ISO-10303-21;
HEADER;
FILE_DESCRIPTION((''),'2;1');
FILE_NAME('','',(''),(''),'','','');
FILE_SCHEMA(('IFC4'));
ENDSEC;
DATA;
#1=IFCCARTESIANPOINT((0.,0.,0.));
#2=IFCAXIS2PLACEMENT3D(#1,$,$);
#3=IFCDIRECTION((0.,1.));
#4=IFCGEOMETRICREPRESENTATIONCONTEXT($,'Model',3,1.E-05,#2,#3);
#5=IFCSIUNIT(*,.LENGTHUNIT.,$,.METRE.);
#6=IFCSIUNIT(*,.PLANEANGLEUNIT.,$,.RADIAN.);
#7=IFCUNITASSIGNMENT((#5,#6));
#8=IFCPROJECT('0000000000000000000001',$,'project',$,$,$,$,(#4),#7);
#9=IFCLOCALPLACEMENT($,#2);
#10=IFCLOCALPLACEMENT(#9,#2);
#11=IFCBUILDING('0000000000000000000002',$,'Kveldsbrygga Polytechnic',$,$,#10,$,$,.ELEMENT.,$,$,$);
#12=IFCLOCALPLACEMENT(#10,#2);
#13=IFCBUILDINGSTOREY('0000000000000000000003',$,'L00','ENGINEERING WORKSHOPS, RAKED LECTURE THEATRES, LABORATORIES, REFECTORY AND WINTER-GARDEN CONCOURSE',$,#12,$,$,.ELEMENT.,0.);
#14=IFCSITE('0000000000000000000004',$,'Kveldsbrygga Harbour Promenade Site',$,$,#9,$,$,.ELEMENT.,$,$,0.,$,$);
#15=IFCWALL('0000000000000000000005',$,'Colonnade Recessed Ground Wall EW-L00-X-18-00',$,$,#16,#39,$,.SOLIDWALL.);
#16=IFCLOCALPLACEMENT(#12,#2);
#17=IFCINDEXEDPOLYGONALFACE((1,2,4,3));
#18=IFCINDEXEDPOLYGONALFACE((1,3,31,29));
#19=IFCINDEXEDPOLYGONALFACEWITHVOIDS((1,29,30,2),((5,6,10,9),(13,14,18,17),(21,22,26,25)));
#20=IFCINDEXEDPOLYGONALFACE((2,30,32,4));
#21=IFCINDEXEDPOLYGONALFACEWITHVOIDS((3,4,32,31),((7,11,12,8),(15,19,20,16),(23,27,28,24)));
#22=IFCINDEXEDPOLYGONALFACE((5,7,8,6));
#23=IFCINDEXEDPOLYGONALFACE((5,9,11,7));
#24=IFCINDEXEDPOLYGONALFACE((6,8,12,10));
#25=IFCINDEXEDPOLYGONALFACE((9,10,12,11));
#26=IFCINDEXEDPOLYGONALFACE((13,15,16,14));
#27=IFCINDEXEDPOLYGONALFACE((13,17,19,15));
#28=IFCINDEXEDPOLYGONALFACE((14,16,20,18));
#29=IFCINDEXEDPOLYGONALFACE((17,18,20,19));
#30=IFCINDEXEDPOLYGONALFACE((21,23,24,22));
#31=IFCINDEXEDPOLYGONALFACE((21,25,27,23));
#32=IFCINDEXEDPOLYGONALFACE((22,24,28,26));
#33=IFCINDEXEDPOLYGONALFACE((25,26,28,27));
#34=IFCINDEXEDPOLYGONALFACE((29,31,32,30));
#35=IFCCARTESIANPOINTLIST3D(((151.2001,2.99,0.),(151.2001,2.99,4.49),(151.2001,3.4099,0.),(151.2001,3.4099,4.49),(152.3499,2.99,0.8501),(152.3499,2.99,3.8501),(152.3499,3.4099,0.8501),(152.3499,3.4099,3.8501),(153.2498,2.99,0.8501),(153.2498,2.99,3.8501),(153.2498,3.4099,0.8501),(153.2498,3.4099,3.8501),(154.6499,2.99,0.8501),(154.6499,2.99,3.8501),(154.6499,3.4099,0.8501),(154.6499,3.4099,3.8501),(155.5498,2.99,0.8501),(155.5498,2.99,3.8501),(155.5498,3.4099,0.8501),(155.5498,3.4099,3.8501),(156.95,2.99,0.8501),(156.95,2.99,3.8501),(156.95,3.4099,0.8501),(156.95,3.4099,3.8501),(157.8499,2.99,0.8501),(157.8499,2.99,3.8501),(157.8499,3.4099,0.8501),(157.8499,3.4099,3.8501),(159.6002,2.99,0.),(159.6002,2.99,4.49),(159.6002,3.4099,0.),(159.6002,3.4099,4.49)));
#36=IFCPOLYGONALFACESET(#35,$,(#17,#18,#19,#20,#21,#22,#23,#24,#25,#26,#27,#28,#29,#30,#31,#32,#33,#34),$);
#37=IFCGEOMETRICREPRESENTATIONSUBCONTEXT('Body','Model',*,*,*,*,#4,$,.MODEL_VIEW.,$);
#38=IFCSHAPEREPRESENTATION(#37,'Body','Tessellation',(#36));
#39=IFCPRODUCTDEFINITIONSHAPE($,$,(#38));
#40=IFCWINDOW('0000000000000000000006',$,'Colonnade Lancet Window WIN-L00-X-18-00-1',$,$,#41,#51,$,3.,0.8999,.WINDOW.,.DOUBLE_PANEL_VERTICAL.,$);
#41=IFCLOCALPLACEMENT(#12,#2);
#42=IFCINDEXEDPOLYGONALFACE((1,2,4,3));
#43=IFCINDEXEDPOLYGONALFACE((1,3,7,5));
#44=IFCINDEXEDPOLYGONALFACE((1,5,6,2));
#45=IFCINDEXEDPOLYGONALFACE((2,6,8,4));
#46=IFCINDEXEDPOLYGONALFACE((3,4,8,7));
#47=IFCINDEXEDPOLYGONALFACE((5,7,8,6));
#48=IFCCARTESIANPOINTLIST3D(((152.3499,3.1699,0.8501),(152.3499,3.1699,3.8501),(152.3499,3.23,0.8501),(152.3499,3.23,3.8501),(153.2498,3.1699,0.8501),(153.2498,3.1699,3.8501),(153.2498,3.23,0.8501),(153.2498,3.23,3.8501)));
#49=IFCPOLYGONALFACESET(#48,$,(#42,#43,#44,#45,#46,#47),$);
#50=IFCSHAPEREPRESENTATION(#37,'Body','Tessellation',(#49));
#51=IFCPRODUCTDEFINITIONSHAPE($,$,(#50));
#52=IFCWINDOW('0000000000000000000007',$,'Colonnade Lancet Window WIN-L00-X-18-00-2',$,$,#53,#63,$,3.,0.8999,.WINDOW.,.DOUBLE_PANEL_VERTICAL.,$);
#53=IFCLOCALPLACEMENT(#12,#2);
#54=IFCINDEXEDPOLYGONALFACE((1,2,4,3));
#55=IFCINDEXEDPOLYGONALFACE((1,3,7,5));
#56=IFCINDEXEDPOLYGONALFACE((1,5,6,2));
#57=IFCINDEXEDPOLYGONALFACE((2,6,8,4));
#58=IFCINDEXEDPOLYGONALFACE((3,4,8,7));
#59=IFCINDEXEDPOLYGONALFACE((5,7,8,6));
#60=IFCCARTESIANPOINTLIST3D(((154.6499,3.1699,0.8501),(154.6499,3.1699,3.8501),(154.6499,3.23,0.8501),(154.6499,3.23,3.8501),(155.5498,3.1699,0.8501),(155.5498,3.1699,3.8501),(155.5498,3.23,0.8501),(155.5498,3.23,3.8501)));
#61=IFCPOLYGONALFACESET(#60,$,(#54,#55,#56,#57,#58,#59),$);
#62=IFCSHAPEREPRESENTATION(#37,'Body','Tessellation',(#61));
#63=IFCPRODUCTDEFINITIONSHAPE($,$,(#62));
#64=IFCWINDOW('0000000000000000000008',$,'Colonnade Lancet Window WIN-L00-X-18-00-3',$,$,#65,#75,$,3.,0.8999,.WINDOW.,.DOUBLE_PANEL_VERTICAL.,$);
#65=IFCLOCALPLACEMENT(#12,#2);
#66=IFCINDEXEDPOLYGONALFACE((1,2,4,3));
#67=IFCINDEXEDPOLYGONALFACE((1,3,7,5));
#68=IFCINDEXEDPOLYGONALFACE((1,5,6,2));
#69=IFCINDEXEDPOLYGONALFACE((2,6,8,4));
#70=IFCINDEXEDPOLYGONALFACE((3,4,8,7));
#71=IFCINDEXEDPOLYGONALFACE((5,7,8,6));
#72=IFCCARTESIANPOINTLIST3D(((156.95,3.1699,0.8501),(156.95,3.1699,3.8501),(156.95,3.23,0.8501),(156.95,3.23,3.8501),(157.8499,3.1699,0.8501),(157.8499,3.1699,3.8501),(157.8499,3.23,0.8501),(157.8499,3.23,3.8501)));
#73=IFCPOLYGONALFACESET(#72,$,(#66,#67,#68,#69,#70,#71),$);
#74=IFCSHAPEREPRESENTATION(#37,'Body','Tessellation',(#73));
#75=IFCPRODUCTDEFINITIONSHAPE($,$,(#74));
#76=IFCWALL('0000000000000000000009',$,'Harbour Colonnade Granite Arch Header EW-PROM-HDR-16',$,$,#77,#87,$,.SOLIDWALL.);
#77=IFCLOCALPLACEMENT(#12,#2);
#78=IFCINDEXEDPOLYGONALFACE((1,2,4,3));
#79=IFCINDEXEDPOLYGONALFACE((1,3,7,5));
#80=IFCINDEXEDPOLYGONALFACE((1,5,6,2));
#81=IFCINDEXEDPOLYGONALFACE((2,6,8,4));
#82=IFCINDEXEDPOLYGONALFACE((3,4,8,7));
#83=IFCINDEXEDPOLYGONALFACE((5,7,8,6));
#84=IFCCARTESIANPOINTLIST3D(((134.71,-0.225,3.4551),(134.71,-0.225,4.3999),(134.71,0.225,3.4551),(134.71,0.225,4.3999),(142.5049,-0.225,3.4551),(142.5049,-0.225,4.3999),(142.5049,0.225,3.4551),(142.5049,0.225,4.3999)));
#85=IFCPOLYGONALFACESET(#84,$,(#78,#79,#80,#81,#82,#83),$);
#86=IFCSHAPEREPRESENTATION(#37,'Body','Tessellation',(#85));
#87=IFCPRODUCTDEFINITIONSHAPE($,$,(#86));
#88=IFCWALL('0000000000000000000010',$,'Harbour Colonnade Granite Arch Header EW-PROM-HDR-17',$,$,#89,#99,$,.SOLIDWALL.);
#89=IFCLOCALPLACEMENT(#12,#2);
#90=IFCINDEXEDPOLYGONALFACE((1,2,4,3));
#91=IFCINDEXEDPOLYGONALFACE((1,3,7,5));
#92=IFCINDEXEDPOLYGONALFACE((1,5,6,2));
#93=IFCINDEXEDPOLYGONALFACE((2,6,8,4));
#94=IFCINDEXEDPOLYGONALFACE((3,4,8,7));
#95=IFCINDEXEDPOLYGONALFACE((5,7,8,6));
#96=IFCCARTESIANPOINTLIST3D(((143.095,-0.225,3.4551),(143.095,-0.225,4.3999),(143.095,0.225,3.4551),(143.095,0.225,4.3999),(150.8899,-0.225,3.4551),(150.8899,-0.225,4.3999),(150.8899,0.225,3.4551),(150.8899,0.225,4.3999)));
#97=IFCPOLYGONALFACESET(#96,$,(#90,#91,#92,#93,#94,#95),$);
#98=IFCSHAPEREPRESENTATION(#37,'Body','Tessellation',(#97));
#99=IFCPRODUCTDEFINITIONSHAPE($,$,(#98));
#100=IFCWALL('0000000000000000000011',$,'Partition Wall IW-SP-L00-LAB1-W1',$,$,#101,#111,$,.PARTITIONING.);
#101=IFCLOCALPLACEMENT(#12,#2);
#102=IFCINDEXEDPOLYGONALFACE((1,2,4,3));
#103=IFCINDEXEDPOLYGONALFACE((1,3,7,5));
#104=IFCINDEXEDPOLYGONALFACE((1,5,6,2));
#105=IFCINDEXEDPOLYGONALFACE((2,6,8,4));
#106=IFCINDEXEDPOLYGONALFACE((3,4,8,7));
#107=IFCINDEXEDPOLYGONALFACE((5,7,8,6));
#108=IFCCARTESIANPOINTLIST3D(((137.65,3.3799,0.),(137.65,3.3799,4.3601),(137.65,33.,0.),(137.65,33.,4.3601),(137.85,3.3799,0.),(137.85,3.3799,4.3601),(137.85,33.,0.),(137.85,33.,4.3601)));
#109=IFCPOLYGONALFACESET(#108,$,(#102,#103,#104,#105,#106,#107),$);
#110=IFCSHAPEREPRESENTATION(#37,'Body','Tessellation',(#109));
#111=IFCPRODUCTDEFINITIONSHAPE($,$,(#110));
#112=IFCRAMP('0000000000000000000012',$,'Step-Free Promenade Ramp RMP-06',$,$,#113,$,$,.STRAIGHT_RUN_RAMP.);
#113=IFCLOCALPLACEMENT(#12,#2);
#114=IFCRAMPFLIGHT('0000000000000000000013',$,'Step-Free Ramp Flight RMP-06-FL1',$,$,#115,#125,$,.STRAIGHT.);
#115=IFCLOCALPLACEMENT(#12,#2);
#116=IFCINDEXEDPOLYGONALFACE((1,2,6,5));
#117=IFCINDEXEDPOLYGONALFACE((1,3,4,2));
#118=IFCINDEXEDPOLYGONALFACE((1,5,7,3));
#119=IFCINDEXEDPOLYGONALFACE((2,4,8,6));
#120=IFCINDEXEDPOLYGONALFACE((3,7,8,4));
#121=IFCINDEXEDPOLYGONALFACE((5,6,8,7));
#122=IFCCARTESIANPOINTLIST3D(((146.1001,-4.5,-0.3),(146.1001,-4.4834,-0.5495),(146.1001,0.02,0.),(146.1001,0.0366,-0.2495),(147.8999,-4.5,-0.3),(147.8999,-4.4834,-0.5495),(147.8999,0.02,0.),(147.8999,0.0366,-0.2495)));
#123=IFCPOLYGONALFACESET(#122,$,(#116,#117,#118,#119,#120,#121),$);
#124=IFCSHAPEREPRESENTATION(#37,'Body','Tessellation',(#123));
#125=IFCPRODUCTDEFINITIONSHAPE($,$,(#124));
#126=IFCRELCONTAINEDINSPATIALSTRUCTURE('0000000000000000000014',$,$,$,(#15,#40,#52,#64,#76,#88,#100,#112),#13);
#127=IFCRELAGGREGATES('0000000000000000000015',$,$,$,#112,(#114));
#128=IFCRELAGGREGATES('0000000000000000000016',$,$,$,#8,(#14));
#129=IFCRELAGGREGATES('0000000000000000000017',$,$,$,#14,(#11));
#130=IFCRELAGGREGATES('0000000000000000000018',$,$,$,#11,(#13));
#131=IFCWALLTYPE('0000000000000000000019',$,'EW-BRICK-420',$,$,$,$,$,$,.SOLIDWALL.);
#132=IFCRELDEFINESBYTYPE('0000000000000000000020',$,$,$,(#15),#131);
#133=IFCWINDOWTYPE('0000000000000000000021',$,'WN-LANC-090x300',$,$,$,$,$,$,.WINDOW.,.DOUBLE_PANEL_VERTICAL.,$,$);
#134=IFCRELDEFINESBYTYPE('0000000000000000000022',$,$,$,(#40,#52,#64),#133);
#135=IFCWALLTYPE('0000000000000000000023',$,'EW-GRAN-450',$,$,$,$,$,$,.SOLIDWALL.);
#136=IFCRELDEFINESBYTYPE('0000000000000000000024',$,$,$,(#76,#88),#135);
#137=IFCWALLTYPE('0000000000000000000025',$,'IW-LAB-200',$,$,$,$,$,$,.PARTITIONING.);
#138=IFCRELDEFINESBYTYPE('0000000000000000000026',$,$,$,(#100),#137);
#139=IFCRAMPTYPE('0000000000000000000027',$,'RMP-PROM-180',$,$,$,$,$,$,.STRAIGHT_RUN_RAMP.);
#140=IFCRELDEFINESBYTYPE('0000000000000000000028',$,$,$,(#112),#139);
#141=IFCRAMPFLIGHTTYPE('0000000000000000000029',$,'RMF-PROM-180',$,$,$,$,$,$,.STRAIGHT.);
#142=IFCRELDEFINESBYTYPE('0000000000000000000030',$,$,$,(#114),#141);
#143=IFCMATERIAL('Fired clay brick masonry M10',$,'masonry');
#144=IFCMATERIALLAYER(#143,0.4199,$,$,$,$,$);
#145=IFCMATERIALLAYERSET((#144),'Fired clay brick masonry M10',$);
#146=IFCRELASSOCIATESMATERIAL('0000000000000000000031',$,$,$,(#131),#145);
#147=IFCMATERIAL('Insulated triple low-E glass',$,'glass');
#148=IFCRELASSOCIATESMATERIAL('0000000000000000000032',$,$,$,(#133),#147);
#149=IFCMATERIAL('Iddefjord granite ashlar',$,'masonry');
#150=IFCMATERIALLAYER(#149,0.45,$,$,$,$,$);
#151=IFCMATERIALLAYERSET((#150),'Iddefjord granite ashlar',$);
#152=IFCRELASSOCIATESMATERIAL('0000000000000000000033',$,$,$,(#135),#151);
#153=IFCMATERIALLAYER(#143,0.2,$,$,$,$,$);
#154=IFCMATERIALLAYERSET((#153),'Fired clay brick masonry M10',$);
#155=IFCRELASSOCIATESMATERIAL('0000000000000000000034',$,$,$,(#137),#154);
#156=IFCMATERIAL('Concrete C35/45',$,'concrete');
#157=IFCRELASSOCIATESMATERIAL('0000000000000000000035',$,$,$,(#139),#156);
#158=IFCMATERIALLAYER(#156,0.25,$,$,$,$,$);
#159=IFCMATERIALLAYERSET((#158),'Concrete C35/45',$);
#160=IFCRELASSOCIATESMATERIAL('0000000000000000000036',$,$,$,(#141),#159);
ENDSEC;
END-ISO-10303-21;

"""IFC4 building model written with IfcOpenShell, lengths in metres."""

from ifc_helpers import new_model, si_unit, direction, frame, frame_2d, origin, place, context, subcontext, project, spatial, polyline, rectangle, outline, extrude, material, layer, layer_set, type_object, element, fill, aggregate, save


model = new_model("IFC4")

# Units and contexts
model_context = context("Model", 3, precision=1e-05, world=origin(), true_north=direction((0.0, 1.0)))
body_context = subcontext(model_context, "Body", "Model", "MODEL_VIEW")
ifc_project = project(units=[si_unit("LENGTHUNIT", "METRE"), si_unit("PLANEANGLEUNIT", "RADIAN")], contexts=[model_context])

# Site, building, storey
site_placement = place(None, origin())
site = spatial("IfcSite", under=ifc_project, at=site_placement, Name="Kveldsbrygga Harbour Promenade Site", CompositionType="ELEMENT", RefElevation=0.0)
building_placement = place(site_placement, origin())
building = spatial("IfcBuilding", under=site, at=building_placement, Name="Kveldsbrygga Polytechnic", CompositionType="ELEMENT")
storey_placement = place(building_placement, origin())
storey = spatial("IfcBuildingStorey", under=building, at=storey_placement, Name="L00", Description="ENGINEERING WORKSHOPS, RAKED LECTURE THEATRES, LABORATORIES, REFECTORY AND WINTER-GARDEN CONCOURSE", CompositionType="ELEMENT", Elevation=0.0)

# Shared definitions
ifc_material_1 = material(Name="Concrete C35/45", Category="concrete")

# Shared definitions
ifc_material_2 = material(Name="Fired clay brick masonry M10", Category="masonry")
ifc_layer_1 = layer(ifc_material_2, 0.4199)
ifc_layer_set_1 = layer_set([ifc_layer_1], Name="Fired clay brick masonry M10")
wall_type_1 = type_object("IfcWallType", Name="EW-BRICK-420", PredefinedType="SOLIDWALL", material=ifc_layer_set_1)

# Wall, openings, windows
wall_1_placement = place(storey_placement, frame((151.2, 3.2, 0.0), z_axis=(0.0, 0.0, 1.0), x_axis=(1.0, 0.0, 0.0)))
wall_1 = element("IfcWall", 1, at=wall_1_placement, inside=storey, type_object=wall_type_1, Name="Colonnade Recessed Ground Wall EW-L00-X-18-00", PredefinedType="SOLIDWALL", context=body_context, shape_type="SweptSolid", body=[
    extrude(rectangle(XDim=8.4001, YDim=0.4199, at=frame_2d((4.2002, 0.0))), origin(), (0.0, 0.0, 1.0), 4.49),
])
opening_1_placement = place(wall_1_placement, frame((1.1499, 0.0, 0.8501)))
opening_1 = element("IfcOpeningElement", 2, at=opening_1_placement, cuts=wall_1, PredefinedType="OPENING", context=body_context, shape_type="SweptSolid", body=[
    extrude(rectangle(XDim=0.8999, YDim=3.0, at=frame_2d((0.45, 1.5))), frame((0.0, 0.22, 0.0), z_axis=(0.0, -1.0, 0.0), x_axis=(1.0, 0.0, 0.0)), (0.0, 0.0, 1.0), 0.4399),
])
opening_2_placement = place(wall_1_placement, frame((3.45, 0.0, 0.8501)))
opening_2 = element("IfcOpeningElement", 3, at=opening_2_placement, cuts=wall_1, PredefinedType="OPENING", context=body_context, shape_type="SweptSolid", body=[
    extrude(rectangle(XDim=0.8999, YDim=3.0, at=frame_2d((0.45, 1.5))), frame((0.0, 0.22, 0.0), z_axis=(0.0, -1.0, 0.0), x_axis=(1.0, 0.0, 0.0)), (0.0, 0.0, 1.0), 0.4399),
])
opening_3_placement = place(wall_1_placement, frame((5.75, 0.0, 0.8501)))
opening_3 = element("IfcOpeningElement", 4, at=opening_3_placement, cuts=wall_1, PredefinedType="OPENING", context=body_context, shape_type="SweptSolid", body=[
    extrude(rectangle(XDim=0.8999, YDim=3.0, at=frame_2d((0.45, 1.5))), frame((0.0, 0.22, 0.0), z_axis=(0.0, -1.0, 0.0), x_axis=(1.0, 0.0, 0.0)), (0.0, 0.0, 1.0), 0.4399),
])
ifc_material_3 = material(Name="Insulated triple low-E glass", Category="glass")
window_type = type_object("IfcWindowType", Name="WN-LANC-090x300", PartitioningType="DOUBLE_PANEL_VERTICAL", PredefinedType="WINDOW", material=ifc_material_3)
window_1_placement = place(opening_1_placement, origin())
window_1 = element("IfcWindow", 5, at=window_1_placement, inside=storey, type_object=window_type, Name="Colonnade Lancet Window WIN-L00-X-18-00-1", OverallHeight=3.0, OverallWidth=0.8999, PartitioningType="DOUBLE_PANEL_VERTICAL", PredefinedType="WINDOW", context=body_context, shape_type="SweptSolid", body=[
    extrude(rectangle(XDim=0.8999, YDim=3.0, at=frame_2d((0.45, 1.5))), frame((0.0, 0.03, 0.0), z_axis=(0.0, -1.0, 0.0), x_axis=(1.0, 0.0, 0.0)), (0.0, 0.0, 1.0), 0.0601),
])
fill(opening_1, window_1)
window_2_placement = place(opening_2_placement, origin())
window_2 = element("IfcWindow", 6, at=window_2_placement, inside=storey, type_object=window_type, Name="Colonnade Lancet Window WIN-L00-X-18-00-2", OverallHeight=3.0, OverallWidth=0.8999, PartitioningType="DOUBLE_PANEL_VERTICAL", PredefinedType="WINDOW", context=body_context, shape_type="SweptSolid", body=[
    extrude(rectangle(XDim=0.8999, YDim=3.0, at=frame_2d((0.45, 1.5))), frame((0.0, 0.03, 0.0), z_axis=(0.0, -1.0, 0.0), x_axis=(1.0, 0.0, 0.0)), (0.0, 0.0, 1.0), 0.0601),
])
fill(opening_2, window_2)
window_3_placement = place(opening_3_placement, origin())
window_3 = element("IfcWindow", 7, at=window_3_placement, inside=storey, type_object=window_type, Name="Colonnade Lancet Window WIN-L00-X-18-00-3", OverallHeight=3.0, OverallWidth=0.8999, PartitioningType="DOUBLE_PANEL_VERTICAL", PredefinedType="WINDOW", context=body_context, shape_type="SweptSolid", body=[
    extrude(rectangle(XDim=0.8999, YDim=3.0, at=frame_2d((0.45, 1.5))), frame((0.0, 0.03, 0.0), z_axis=(0.0, -1.0, 0.0), x_axis=(1.0, 0.0, 0.0)), (0.0, 0.0, 1.0), 0.0601),
])
fill(opening_3, window_3)

# Walls
ifc_material_4 = material(Name="Iddefjord granite ashlar", Category="masonry")
ifc_layer_2 = layer(ifc_material_4, 0.45)
ifc_layer_set_2 = layer_set([ifc_layer_2], Name="Iddefjord granite ashlar")
wall_type_2 = type_object("IfcWallType", Name="EW-GRAN-450", PredefinedType="SOLIDWALL", material=ifc_layer_set_2)
for number, where, z_axis, x_axis, name in (
    (8, (134.71, 0.0, 3.4551), (0.0, 0.0, 1.0), (1.0, 0.0, 0.0), "Harbour Colonnade Granite Arch Header EW-PROM-HDR-16"),
    (9, (143.095, 0.0, 3.4551), (0.0, 0.0, 1.0), (1.0, 0.0, 0.0), "Harbour Colonnade Granite Arch Header EW-PROM-HDR-17"),
):
    element("IfcWall", number, at=place(storey_placement, frame(where, z_axis=z_axis, x_axis=x_axis)), inside=storey, type_object=wall_type_2, Name=name, PredefinedType="SOLIDWALL", context=body_context, shape_type="SweptSolid", body=[
        extrude(rectangle(XDim=7.7949, YDim=0.45, at=frame_2d((3.8975, 0.0))), origin(), (0.0, 0.0, 1.0), 0.9448),
    ])
ifc_layer_3 = layer(ifc_material_2, 0.2)
ifc_layer_set_3 = layer_set([ifc_layer_3], Name="Fired clay brick masonry M10")
wall_type_3 = type_object("IfcWallType", Name="IW-LAB-200", PredefinedType="PARTITIONING", material=ifc_layer_set_3)
wall_2_placement = place(storey_placement, frame((137.75, 3.3799, 0.0), z_axis=(0.0, 0.0, 1.0), x_axis=(0.0, 1.0, 0.0)))
element("IfcWall", 10, at=wall_2_placement, inside=storey, type_object=wall_type_3, Name="Partition Wall IW-SP-L00-LAB1-W1", PredefinedType="PARTITIONING", context=body_context, shape_type="SweptSolid", body=[
    extrude(rectangle(XDim=29.6201, YDim=0.2, at=frame_2d((14.8101, 0.0))), origin(), (0.0, 0.0, 1.0), 4.3601),
])

# Ramp, ramp flight
ramp_type = type_object("IfcRampType", Name="RMP-PROM-180", PredefinedType="STRAIGHT_RUN_RAMP", material=ifc_material_1)
ramp_placement = place(storey_placement, origin())
ramp = element("IfcRamp", 11, at=ramp_placement, inside=storey, type_object=ramp_type, Name="Step-Free Promenade Ramp RMP-06", PredefinedType="STRAIGHT_RUN_RAMP")
ifc_layer_4 = layer(ifc_material_1, 0.25)
ifc_layer_set_4 = layer_set([ifc_layer_4], Name="Concrete C35/45")
ramp_flight_type = type_object("IfcRampFlightType", Name="RMF-PROM-180", PredefinedType="STRAIGHT", material=ifc_layer_set_4)
ramp_flight_placement = place(storey_placement, frame((146.1001, -4.5, -0.3), z_axis=(0.0, -0.066236, 0.997804), x_axis=(1.0, 0.0, 0.0)))
ramp_flight = element("IfcRampFlight", 12, at=ramp_flight_placement, type_object=ramp_flight_type, Name="Step-Free Ramp Flight RMP-06-FL1", PredefinedType="STRAIGHT", context=body_context, shape_type="SweptSolid", body=[
    extrude(outline(polyline([(0.0, 0.0), (1.7998, 0.0), (1.7998, 4.53), (0.0, 4.53), (0.0, 0.0)])), origin(), (0.0, 0.0, -1.0), 0.25),
])
aggregate(ramp, [ramp_flight])

save(model, "model.ifc")
